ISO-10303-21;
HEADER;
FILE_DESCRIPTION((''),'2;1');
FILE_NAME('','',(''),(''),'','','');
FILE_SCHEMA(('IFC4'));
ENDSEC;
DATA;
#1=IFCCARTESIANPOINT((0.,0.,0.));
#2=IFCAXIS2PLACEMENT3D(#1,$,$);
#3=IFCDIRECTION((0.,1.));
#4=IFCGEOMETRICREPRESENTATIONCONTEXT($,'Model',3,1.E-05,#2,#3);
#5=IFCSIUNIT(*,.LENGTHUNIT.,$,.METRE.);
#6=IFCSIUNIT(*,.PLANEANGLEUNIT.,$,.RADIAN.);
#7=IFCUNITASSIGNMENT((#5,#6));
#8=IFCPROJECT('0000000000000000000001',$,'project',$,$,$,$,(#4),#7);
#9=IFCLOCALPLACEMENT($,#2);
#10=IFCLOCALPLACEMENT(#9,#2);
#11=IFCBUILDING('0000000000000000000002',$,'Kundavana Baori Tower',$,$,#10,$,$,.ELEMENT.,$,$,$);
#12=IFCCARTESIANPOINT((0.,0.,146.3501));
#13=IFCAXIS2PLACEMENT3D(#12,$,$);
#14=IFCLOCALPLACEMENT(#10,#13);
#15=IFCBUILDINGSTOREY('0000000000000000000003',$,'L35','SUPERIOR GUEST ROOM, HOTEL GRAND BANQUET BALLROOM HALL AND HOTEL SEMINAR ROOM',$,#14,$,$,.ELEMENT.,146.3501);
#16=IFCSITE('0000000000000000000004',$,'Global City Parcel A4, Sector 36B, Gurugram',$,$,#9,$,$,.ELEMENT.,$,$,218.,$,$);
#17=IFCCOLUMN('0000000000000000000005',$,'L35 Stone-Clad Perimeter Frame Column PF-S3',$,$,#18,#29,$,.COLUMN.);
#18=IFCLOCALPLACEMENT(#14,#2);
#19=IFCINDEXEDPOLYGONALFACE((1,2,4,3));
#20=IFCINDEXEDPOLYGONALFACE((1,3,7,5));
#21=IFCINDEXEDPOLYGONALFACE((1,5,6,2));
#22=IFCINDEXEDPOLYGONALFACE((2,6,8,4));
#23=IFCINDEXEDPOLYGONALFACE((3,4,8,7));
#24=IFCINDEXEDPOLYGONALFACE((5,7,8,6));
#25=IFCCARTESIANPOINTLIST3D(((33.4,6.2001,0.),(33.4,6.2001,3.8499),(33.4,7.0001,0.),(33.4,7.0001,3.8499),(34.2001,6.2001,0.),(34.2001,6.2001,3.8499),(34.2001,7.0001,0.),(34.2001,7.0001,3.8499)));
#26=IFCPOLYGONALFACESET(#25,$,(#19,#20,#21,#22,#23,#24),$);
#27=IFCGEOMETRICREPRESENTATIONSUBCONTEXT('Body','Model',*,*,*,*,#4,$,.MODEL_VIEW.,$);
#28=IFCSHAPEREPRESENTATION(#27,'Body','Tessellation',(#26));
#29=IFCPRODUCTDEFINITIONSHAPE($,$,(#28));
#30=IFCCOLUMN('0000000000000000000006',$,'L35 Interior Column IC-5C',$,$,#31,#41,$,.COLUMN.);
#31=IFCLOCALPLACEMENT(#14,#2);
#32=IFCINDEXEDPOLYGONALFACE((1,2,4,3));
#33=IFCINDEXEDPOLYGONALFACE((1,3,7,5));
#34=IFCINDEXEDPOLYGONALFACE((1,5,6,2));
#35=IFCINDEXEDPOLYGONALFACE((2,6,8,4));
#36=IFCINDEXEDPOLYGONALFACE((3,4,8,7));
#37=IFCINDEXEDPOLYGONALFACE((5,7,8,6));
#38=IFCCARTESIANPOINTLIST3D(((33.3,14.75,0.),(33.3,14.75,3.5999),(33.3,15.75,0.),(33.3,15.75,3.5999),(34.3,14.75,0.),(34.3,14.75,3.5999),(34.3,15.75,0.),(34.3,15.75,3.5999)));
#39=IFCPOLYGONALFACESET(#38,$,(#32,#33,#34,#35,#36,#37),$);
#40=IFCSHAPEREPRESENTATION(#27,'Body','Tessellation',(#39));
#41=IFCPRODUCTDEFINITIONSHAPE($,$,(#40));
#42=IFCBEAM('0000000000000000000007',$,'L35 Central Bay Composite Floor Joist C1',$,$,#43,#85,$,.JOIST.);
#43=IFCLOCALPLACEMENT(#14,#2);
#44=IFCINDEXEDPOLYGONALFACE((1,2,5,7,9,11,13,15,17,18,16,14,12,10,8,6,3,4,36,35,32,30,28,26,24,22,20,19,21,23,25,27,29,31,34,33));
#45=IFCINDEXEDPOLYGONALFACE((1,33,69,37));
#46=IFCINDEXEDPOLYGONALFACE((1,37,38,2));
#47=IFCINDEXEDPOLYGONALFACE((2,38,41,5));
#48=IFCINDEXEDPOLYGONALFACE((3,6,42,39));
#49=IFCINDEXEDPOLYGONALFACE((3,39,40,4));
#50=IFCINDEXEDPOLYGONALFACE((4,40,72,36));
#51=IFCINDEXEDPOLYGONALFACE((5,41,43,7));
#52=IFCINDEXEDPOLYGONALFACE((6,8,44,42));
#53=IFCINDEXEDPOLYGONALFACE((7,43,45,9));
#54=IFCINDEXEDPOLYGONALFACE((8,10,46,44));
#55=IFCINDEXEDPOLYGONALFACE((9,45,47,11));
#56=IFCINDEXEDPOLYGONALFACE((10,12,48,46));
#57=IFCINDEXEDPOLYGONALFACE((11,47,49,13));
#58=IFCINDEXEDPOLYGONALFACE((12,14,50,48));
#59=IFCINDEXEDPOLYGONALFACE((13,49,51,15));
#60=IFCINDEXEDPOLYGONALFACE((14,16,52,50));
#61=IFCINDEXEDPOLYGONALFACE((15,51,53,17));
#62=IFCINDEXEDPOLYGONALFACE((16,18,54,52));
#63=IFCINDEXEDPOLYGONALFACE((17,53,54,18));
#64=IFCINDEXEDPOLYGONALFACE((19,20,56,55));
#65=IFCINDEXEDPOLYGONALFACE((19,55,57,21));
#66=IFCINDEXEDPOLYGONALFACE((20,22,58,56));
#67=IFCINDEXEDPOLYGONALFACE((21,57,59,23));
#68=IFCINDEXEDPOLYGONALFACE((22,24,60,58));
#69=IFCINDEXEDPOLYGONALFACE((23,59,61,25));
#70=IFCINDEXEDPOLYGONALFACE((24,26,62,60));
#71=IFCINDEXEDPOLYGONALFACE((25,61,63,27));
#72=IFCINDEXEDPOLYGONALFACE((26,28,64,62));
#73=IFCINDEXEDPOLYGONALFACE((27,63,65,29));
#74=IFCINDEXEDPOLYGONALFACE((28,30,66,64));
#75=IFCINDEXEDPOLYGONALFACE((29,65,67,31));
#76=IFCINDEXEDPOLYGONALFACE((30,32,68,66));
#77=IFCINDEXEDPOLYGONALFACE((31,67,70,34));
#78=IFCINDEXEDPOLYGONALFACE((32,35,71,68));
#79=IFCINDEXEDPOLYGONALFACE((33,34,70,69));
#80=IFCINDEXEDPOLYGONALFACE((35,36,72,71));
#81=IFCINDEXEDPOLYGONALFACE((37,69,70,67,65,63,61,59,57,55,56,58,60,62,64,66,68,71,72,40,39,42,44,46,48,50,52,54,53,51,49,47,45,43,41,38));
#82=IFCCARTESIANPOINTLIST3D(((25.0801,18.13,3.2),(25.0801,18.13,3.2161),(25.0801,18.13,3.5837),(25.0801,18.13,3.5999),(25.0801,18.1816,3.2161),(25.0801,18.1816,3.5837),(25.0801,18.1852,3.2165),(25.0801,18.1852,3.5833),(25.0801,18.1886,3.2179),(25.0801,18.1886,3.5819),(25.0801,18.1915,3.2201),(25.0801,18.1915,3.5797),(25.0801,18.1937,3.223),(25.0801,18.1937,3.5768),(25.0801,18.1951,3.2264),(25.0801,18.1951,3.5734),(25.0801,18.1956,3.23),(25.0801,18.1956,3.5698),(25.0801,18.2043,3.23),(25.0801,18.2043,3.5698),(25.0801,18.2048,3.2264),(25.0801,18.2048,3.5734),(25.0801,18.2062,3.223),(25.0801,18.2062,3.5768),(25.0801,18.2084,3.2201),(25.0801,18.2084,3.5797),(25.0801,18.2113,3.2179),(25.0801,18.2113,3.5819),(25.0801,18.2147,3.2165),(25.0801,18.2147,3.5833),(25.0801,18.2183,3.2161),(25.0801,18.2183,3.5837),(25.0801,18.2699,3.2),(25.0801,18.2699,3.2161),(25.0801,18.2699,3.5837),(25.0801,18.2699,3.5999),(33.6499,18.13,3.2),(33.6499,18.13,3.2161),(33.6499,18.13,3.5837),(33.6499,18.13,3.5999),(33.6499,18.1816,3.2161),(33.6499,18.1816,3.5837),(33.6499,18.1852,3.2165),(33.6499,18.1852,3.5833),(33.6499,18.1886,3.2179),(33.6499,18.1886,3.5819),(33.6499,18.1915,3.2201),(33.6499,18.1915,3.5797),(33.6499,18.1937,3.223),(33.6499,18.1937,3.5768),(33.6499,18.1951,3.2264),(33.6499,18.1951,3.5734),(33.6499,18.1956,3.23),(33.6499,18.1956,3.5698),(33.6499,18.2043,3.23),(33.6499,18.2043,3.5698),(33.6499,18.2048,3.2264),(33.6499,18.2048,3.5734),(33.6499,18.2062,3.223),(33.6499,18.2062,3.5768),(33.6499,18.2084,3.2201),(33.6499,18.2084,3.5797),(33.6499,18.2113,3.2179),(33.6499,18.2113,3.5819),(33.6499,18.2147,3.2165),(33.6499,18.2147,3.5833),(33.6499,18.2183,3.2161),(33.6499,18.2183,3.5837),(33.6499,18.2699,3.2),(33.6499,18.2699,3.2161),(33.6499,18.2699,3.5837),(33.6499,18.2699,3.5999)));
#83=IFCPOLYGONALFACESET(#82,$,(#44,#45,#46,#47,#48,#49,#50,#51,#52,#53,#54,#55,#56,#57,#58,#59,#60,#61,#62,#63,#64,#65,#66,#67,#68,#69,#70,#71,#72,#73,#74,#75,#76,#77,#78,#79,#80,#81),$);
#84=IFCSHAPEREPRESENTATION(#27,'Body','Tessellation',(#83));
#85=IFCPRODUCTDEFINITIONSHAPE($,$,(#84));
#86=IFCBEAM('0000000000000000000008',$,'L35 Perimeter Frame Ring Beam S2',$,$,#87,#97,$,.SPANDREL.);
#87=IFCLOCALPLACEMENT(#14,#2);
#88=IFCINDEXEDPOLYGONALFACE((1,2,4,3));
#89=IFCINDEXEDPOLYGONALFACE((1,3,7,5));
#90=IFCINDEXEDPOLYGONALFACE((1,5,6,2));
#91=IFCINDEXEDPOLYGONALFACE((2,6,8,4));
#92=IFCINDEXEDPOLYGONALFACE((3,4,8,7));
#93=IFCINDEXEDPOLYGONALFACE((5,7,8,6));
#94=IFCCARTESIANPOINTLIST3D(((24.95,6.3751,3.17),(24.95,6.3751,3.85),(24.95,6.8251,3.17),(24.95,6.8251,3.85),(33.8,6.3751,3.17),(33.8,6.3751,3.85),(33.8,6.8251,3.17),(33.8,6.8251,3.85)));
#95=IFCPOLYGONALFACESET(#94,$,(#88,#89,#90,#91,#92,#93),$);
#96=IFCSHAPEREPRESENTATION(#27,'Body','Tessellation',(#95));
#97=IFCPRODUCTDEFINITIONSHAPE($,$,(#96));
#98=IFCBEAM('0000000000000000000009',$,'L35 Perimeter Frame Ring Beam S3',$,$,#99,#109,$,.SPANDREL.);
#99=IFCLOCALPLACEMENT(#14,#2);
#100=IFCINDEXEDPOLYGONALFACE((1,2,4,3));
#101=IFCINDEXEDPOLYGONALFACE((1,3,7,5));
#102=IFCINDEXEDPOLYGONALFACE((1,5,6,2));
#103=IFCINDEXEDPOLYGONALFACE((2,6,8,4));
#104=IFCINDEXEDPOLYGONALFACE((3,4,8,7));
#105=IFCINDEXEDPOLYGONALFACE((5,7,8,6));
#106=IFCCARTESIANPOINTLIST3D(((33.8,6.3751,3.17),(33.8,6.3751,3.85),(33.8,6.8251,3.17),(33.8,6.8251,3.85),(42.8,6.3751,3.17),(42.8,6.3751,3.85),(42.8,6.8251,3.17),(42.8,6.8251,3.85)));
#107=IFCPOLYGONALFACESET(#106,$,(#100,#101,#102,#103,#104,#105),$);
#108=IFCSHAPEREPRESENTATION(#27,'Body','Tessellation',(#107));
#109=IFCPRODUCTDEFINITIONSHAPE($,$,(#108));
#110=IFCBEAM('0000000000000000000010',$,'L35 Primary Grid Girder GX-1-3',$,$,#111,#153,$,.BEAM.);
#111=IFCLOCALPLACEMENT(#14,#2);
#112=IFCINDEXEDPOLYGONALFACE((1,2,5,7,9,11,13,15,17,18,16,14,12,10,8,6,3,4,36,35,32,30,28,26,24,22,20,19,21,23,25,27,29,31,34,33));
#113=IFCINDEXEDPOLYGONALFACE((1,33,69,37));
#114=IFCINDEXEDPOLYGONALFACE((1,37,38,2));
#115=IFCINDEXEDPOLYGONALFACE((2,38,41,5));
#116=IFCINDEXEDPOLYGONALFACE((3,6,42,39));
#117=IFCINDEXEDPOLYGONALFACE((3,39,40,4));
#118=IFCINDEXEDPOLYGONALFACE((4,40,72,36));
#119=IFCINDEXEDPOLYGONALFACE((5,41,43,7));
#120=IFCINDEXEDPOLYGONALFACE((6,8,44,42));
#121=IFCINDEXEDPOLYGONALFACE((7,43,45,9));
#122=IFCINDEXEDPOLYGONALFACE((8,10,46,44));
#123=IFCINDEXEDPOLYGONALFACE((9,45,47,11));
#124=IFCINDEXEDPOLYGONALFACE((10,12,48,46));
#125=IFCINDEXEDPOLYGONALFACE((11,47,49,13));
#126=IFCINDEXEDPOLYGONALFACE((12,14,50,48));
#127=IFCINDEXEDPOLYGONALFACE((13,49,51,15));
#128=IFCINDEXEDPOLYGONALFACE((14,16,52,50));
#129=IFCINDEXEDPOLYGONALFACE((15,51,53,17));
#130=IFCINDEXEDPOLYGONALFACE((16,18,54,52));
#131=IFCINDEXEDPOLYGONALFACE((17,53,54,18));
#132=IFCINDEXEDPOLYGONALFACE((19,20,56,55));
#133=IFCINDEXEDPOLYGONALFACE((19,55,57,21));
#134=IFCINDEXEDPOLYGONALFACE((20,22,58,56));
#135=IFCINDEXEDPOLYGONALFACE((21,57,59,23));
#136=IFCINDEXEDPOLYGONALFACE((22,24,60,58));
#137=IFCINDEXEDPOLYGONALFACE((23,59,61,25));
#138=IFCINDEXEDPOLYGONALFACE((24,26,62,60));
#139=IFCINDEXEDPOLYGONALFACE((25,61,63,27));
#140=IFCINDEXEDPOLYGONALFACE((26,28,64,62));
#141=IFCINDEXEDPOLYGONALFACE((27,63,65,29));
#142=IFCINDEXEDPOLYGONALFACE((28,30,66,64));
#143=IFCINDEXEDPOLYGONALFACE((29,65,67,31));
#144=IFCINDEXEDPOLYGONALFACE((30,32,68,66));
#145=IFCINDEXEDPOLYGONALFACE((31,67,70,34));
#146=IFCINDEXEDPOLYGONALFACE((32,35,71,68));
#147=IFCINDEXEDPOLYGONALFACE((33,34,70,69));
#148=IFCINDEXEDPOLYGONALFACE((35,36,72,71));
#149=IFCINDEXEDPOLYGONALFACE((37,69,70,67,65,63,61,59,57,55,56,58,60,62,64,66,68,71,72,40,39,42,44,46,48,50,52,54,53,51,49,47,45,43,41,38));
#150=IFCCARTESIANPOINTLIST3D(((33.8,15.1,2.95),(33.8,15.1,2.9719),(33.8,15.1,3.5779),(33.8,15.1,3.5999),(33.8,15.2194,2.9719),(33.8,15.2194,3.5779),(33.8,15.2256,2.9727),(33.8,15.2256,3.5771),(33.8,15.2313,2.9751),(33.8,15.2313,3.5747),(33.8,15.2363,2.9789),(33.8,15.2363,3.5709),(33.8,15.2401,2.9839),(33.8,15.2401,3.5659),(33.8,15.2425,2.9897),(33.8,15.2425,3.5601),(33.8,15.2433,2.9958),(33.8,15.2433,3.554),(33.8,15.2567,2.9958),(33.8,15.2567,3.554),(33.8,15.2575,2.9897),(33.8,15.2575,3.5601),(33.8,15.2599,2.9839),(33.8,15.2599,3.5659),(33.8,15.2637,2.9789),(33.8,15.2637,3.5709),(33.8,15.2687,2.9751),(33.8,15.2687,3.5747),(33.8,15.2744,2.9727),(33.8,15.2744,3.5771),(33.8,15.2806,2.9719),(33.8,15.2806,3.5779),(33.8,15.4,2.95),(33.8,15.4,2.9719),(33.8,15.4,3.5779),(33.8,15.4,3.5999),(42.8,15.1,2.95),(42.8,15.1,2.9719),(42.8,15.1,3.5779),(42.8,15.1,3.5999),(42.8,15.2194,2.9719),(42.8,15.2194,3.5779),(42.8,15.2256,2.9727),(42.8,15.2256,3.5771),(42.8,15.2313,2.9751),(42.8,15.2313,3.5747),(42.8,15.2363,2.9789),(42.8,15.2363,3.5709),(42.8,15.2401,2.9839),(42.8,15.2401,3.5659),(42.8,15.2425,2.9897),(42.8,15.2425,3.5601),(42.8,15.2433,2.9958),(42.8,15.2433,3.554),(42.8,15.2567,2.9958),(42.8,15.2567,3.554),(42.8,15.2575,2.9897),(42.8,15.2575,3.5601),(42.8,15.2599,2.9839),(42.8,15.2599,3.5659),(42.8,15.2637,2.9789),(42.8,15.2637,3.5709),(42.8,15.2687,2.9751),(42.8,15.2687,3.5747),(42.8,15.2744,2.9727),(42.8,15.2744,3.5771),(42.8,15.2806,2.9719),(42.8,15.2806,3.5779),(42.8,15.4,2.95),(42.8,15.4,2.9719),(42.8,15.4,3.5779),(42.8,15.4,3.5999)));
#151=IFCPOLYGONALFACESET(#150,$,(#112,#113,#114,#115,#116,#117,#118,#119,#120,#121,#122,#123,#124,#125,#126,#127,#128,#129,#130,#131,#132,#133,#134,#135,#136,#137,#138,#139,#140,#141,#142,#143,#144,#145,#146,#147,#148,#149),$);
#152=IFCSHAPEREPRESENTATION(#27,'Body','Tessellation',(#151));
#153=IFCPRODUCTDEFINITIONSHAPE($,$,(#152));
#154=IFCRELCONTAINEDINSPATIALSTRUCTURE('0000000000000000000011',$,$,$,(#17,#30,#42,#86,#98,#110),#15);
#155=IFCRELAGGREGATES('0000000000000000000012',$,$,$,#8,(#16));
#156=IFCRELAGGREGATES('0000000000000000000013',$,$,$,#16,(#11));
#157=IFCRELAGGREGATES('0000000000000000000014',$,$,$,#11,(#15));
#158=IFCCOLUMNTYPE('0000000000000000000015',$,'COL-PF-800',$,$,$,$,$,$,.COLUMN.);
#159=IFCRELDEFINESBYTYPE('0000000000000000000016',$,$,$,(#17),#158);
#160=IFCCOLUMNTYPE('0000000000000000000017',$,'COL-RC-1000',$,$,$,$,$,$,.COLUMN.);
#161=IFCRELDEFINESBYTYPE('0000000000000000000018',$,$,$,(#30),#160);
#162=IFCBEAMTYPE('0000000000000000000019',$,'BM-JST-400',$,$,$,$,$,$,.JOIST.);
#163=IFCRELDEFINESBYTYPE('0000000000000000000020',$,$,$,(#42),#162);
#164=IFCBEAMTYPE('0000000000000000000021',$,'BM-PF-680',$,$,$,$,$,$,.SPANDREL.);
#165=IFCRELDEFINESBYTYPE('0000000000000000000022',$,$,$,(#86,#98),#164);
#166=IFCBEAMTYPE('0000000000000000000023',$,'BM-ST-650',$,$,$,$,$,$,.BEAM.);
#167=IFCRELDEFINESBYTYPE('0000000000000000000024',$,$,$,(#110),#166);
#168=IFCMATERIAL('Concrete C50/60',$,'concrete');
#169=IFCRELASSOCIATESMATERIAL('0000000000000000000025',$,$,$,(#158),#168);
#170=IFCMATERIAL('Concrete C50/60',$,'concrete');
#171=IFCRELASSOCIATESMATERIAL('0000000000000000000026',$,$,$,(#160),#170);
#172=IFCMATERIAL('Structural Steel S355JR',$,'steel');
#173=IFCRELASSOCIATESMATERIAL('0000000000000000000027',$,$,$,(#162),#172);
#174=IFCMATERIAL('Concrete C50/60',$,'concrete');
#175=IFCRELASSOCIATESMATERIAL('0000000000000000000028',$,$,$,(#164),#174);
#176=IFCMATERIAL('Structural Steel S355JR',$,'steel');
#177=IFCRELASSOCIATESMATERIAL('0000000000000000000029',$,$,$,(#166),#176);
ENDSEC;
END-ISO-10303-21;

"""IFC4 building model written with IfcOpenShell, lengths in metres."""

from ifc_helpers import new_model, si_unit, direction, frame, origin, origin_2d, place, context, subcontext, project, spatial, rectangle, i_section, extrude, material, material_profile, profile_set, type_object, element, save


model = new_model("IFC4")

# Units and contexts
model_context = context("Model", 3, precision=1e-05, world=origin(), true_north=direction((0.0, 1.0)))
body_context = subcontext(model_context, "Body", "Model", "MODEL_VIEW")
ifc_project = project(units=[si_unit("LENGTHUNIT", "METRE"), si_unit("PLANEANGLEUNIT", "RADIAN")], contexts=[model_context])

# Site, building, storey
site_placement = place(None, origin())
site = spatial("IfcSite", under=ifc_project, at=site_placement, Name="Global City Parcel A4, Sector 36B, Gurugram", CompositionType="ELEMENT", RefElevation=218.0)
building_placement = place(site_placement, origin())
building = spatial("IfcBuilding", under=site, at=building_placement, Name="Kundavana Baori Tower", CompositionType="ELEMENT")
storey_placement = place(building_placement, frame((0.0, 0.0, 146.3501)))
storey = spatial("IfcBuildingStorey", under=building, at=storey_placement, Name="L35", Description="SUPERIOR GUEST ROOM, HOTEL GRAND BANQUET BALLROOM HALL AND HOTEL SEMINAR ROOM", CompositionType="ELEMENT", Elevation=146.3501)

# Columns
ifc_material_1 = material(Name="Concrete C50/60", Category="concrete")
ifc_material_profile_1 = material_profile(ifc_material_1, rectangle(XDim=0.8, YDim=0.8, at=origin_2d()), Name="RC PF 800x800")
ifc_profile_set_1 = profile_set([ifc_material_profile_1], Name="Concrete C50/60")
column_type_1 = type_object("IfcColumnType", Name="COL-PF-800", PredefinedType="COLUMN", material=ifc_profile_set_1)
column_1_placement = place(storey_placement, frame((33.8, 6.6001, 0.0), z_axis=(0.0, 0.0, 1.0), x_axis=(1.0, 0.0, 0.0)))
element("IfcColumn", 1, at=column_1_placement, inside=storey, type_object=column_type_1, Name="L35 Stone-Clad Perimeter Frame Column PF-S3", PredefinedType="COLUMN", context=body_context, shape_type="SweptSolid", body=[
    extrude(rectangle(XDim=0.8, YDim=0.8, at=origin_2d()), origin(), (0.0, 0.0, 1.0), 3.8499),
])
ifc_material_2 = material(Name="Concrete C50/60", Category="concrete")
ifc_material_profile_2 = material_profile(ifc_material_2, rectangle(XDim=1.0, YDim=1.0, at=origin_2d()), Name="RC 1000x1000")
ifc_profile_set_2 = profile_set([ifc_material_profile_2], Name="Concrete C50/60")
column_type_2 = type_object("IfcColumnType", Name="COL-RC-1000", PredefinedType="COLUMN", material=ifc_profile_set_2)
column_2_placement = place(storey_placement, frame((33.8, 15.25, 0.0), z_axis=(0.0, 0.0, 1.0), x_axis=(1.0, 0.0, 0.0)))
element("IfcColumn", 2, at=column_2_placement, inside=storey, type_object=column_type_2, Name="L35 Interior Column IC-5C", PredefinedType="COLUMN", context=body_context, shape_type="SweptSolid", body=[
    extrude(rectangle(XDim=1.0, YDim=1.0, at=origin_2d()), origin(), (0.0, 0.0, 1.0), 3.5999),
])

# Beams
ifc_material_3 = material(Name="Structural Steel S355JR", Category="steel")
ifc_material_profile_3 = material_profile(ifc_material_3, i_section(OverallWidth=0.1399, OverallDepth=0.3999, WebThickness=0.0088, FlangeThickness=0.0161, FilletRadius=0.0139, at=origin_2d()), Name="ISMB 400")
ifc_profile_set_3 = profile_set([ifc_material_profile_3], Name="Structural Steel S355JR")
beam_type_1 = type_object("IfcBeamType", Name="BM-JST-400", PredefinedType="JOIST", material=ifc_profile_set_3)
beam_1_placement = place(storey_placement, frame((25.0801, 18.2, 3.3999), z_axis=(1.0, 0.0, 0.0), x_axis=(0.0, 1.0, 0.0)))
element("IfcBeam", 3, at=beam_1_placement, inside=storey, type_object=beam_type_1, Name="L35 Central Bay Composite Floor Joist C1", PredefinedType="JOIST", context=body_context, shape_type="SweptSolid", body=[
    extrude(i_section(OverallWidth=0.1399, OverallDepth=0.3999, WebThickness=0.0088, FlangeThickness=0.0161, FilletRadius=0.0139, at=origin_2d()), origin(), (0.0, 0.0, 1.0), 8.5698),
])
ifc_material_4 = material(Name="Concrete C50/60", Category="concrete")
ifc_material_profile_4 = material_profile(ifc_material_4, rectangle(XDim=0.45, YDim=0.6799, at=origin_2d()), Name="RC BM 450x680")
ifc_profile_set_4 = profile_set([ifc_material_profile_4], Name="Concrete C50/60")
beam_type_2 = type_object("IfcBeamType", Name="BM-PF-680", PredefinedType="SPANDREL", material=ifc_profile_set_4)
beam_2_placement = place(storey_placement, frame((24.95, 6.6001, 3.51), z_axis=(1.0, 0.0, 0.0), x_axis=(0.0, 1.0, 0.0)))
element("IfcBeam", 4, at=beam_2_placement, inside=storey, type_object=beam_type_2, Name="L35 Perimeter Frame Ring Beam S2", PredefinedType="SPANDREL", context=body_context, shape_type="SweptSolid", body=[
    extrude(rectangle(XDim=0.45, YDim=0.6799, at=origin_2d()), origin(), (0.0, 0.0, 1.0), 8.8501),
])
beam_3_placement = place(storey_placement, frame((33.8, 6.6001, 3.51), z_axis=(1.0, 0.0, 0.0), x_axis=(0.0, 1.0, 0.0)))
element("IfcBeam", 5, at=beam_3_placement, inside=storey, type_object=beam_type_2, Name="L35 Perimeter Frame Ring Beam S3", PredefinedType="SPANDREL", context=body_context, shape_type="SweptSolid", body=[
    extrude(rectangle(XDim=0.45, YDim=0.6799, at=origin_2d()), origin(), (0.0, 0.0, 1.0), 9.0),
])
ifc_material_5 = material(Name="Structural Steel S355JR", Category="steel")
ifc_material_profile_5 = material_profile(ifc_material_5, i_section(OverallWidth=0.3, OverallDepth=0.6499, WebThickness=0.0134, FlangeThickness=0.022, FilletRadius=0.0239, at=origin_2d()), Name="NPB 650x300x155")
ifc_profile_set_5 = profile_set([ifc_material_profile_5], Name="Structural Steel S355JR")
beam_type_3 = type_object("IfcBeamType", Name="BM-ST-650", PredefinedType="BEAM", material=ifc_profile_set_5)
beam_4_placement = place(storey_placement, frame((33.8, 15.25, 3.2749), z_axis=(1.0, 0.0, 0.0), x_axis=(0.0, 1.0, 0.0)))
element("IfcBeam", 6, at=beam_4_placement, inside=storey, type_object=beam_type_3, Name="L35 Primary Grid Girder GX-1-3", PredefinedType="BEAM", context=body_context, shape_type="SweptSolid", body=[
    extrude(i_section(OverallWidth=0.3, OverallDepth=0.6499, WebThickness=0.0134, FlangeThickness=0.022, FilletRadius=0.0239, at=origin_2d()), origin(), (0.0, 0.0, 1.0), 9.0),
])

save(model, "model.ifc")
